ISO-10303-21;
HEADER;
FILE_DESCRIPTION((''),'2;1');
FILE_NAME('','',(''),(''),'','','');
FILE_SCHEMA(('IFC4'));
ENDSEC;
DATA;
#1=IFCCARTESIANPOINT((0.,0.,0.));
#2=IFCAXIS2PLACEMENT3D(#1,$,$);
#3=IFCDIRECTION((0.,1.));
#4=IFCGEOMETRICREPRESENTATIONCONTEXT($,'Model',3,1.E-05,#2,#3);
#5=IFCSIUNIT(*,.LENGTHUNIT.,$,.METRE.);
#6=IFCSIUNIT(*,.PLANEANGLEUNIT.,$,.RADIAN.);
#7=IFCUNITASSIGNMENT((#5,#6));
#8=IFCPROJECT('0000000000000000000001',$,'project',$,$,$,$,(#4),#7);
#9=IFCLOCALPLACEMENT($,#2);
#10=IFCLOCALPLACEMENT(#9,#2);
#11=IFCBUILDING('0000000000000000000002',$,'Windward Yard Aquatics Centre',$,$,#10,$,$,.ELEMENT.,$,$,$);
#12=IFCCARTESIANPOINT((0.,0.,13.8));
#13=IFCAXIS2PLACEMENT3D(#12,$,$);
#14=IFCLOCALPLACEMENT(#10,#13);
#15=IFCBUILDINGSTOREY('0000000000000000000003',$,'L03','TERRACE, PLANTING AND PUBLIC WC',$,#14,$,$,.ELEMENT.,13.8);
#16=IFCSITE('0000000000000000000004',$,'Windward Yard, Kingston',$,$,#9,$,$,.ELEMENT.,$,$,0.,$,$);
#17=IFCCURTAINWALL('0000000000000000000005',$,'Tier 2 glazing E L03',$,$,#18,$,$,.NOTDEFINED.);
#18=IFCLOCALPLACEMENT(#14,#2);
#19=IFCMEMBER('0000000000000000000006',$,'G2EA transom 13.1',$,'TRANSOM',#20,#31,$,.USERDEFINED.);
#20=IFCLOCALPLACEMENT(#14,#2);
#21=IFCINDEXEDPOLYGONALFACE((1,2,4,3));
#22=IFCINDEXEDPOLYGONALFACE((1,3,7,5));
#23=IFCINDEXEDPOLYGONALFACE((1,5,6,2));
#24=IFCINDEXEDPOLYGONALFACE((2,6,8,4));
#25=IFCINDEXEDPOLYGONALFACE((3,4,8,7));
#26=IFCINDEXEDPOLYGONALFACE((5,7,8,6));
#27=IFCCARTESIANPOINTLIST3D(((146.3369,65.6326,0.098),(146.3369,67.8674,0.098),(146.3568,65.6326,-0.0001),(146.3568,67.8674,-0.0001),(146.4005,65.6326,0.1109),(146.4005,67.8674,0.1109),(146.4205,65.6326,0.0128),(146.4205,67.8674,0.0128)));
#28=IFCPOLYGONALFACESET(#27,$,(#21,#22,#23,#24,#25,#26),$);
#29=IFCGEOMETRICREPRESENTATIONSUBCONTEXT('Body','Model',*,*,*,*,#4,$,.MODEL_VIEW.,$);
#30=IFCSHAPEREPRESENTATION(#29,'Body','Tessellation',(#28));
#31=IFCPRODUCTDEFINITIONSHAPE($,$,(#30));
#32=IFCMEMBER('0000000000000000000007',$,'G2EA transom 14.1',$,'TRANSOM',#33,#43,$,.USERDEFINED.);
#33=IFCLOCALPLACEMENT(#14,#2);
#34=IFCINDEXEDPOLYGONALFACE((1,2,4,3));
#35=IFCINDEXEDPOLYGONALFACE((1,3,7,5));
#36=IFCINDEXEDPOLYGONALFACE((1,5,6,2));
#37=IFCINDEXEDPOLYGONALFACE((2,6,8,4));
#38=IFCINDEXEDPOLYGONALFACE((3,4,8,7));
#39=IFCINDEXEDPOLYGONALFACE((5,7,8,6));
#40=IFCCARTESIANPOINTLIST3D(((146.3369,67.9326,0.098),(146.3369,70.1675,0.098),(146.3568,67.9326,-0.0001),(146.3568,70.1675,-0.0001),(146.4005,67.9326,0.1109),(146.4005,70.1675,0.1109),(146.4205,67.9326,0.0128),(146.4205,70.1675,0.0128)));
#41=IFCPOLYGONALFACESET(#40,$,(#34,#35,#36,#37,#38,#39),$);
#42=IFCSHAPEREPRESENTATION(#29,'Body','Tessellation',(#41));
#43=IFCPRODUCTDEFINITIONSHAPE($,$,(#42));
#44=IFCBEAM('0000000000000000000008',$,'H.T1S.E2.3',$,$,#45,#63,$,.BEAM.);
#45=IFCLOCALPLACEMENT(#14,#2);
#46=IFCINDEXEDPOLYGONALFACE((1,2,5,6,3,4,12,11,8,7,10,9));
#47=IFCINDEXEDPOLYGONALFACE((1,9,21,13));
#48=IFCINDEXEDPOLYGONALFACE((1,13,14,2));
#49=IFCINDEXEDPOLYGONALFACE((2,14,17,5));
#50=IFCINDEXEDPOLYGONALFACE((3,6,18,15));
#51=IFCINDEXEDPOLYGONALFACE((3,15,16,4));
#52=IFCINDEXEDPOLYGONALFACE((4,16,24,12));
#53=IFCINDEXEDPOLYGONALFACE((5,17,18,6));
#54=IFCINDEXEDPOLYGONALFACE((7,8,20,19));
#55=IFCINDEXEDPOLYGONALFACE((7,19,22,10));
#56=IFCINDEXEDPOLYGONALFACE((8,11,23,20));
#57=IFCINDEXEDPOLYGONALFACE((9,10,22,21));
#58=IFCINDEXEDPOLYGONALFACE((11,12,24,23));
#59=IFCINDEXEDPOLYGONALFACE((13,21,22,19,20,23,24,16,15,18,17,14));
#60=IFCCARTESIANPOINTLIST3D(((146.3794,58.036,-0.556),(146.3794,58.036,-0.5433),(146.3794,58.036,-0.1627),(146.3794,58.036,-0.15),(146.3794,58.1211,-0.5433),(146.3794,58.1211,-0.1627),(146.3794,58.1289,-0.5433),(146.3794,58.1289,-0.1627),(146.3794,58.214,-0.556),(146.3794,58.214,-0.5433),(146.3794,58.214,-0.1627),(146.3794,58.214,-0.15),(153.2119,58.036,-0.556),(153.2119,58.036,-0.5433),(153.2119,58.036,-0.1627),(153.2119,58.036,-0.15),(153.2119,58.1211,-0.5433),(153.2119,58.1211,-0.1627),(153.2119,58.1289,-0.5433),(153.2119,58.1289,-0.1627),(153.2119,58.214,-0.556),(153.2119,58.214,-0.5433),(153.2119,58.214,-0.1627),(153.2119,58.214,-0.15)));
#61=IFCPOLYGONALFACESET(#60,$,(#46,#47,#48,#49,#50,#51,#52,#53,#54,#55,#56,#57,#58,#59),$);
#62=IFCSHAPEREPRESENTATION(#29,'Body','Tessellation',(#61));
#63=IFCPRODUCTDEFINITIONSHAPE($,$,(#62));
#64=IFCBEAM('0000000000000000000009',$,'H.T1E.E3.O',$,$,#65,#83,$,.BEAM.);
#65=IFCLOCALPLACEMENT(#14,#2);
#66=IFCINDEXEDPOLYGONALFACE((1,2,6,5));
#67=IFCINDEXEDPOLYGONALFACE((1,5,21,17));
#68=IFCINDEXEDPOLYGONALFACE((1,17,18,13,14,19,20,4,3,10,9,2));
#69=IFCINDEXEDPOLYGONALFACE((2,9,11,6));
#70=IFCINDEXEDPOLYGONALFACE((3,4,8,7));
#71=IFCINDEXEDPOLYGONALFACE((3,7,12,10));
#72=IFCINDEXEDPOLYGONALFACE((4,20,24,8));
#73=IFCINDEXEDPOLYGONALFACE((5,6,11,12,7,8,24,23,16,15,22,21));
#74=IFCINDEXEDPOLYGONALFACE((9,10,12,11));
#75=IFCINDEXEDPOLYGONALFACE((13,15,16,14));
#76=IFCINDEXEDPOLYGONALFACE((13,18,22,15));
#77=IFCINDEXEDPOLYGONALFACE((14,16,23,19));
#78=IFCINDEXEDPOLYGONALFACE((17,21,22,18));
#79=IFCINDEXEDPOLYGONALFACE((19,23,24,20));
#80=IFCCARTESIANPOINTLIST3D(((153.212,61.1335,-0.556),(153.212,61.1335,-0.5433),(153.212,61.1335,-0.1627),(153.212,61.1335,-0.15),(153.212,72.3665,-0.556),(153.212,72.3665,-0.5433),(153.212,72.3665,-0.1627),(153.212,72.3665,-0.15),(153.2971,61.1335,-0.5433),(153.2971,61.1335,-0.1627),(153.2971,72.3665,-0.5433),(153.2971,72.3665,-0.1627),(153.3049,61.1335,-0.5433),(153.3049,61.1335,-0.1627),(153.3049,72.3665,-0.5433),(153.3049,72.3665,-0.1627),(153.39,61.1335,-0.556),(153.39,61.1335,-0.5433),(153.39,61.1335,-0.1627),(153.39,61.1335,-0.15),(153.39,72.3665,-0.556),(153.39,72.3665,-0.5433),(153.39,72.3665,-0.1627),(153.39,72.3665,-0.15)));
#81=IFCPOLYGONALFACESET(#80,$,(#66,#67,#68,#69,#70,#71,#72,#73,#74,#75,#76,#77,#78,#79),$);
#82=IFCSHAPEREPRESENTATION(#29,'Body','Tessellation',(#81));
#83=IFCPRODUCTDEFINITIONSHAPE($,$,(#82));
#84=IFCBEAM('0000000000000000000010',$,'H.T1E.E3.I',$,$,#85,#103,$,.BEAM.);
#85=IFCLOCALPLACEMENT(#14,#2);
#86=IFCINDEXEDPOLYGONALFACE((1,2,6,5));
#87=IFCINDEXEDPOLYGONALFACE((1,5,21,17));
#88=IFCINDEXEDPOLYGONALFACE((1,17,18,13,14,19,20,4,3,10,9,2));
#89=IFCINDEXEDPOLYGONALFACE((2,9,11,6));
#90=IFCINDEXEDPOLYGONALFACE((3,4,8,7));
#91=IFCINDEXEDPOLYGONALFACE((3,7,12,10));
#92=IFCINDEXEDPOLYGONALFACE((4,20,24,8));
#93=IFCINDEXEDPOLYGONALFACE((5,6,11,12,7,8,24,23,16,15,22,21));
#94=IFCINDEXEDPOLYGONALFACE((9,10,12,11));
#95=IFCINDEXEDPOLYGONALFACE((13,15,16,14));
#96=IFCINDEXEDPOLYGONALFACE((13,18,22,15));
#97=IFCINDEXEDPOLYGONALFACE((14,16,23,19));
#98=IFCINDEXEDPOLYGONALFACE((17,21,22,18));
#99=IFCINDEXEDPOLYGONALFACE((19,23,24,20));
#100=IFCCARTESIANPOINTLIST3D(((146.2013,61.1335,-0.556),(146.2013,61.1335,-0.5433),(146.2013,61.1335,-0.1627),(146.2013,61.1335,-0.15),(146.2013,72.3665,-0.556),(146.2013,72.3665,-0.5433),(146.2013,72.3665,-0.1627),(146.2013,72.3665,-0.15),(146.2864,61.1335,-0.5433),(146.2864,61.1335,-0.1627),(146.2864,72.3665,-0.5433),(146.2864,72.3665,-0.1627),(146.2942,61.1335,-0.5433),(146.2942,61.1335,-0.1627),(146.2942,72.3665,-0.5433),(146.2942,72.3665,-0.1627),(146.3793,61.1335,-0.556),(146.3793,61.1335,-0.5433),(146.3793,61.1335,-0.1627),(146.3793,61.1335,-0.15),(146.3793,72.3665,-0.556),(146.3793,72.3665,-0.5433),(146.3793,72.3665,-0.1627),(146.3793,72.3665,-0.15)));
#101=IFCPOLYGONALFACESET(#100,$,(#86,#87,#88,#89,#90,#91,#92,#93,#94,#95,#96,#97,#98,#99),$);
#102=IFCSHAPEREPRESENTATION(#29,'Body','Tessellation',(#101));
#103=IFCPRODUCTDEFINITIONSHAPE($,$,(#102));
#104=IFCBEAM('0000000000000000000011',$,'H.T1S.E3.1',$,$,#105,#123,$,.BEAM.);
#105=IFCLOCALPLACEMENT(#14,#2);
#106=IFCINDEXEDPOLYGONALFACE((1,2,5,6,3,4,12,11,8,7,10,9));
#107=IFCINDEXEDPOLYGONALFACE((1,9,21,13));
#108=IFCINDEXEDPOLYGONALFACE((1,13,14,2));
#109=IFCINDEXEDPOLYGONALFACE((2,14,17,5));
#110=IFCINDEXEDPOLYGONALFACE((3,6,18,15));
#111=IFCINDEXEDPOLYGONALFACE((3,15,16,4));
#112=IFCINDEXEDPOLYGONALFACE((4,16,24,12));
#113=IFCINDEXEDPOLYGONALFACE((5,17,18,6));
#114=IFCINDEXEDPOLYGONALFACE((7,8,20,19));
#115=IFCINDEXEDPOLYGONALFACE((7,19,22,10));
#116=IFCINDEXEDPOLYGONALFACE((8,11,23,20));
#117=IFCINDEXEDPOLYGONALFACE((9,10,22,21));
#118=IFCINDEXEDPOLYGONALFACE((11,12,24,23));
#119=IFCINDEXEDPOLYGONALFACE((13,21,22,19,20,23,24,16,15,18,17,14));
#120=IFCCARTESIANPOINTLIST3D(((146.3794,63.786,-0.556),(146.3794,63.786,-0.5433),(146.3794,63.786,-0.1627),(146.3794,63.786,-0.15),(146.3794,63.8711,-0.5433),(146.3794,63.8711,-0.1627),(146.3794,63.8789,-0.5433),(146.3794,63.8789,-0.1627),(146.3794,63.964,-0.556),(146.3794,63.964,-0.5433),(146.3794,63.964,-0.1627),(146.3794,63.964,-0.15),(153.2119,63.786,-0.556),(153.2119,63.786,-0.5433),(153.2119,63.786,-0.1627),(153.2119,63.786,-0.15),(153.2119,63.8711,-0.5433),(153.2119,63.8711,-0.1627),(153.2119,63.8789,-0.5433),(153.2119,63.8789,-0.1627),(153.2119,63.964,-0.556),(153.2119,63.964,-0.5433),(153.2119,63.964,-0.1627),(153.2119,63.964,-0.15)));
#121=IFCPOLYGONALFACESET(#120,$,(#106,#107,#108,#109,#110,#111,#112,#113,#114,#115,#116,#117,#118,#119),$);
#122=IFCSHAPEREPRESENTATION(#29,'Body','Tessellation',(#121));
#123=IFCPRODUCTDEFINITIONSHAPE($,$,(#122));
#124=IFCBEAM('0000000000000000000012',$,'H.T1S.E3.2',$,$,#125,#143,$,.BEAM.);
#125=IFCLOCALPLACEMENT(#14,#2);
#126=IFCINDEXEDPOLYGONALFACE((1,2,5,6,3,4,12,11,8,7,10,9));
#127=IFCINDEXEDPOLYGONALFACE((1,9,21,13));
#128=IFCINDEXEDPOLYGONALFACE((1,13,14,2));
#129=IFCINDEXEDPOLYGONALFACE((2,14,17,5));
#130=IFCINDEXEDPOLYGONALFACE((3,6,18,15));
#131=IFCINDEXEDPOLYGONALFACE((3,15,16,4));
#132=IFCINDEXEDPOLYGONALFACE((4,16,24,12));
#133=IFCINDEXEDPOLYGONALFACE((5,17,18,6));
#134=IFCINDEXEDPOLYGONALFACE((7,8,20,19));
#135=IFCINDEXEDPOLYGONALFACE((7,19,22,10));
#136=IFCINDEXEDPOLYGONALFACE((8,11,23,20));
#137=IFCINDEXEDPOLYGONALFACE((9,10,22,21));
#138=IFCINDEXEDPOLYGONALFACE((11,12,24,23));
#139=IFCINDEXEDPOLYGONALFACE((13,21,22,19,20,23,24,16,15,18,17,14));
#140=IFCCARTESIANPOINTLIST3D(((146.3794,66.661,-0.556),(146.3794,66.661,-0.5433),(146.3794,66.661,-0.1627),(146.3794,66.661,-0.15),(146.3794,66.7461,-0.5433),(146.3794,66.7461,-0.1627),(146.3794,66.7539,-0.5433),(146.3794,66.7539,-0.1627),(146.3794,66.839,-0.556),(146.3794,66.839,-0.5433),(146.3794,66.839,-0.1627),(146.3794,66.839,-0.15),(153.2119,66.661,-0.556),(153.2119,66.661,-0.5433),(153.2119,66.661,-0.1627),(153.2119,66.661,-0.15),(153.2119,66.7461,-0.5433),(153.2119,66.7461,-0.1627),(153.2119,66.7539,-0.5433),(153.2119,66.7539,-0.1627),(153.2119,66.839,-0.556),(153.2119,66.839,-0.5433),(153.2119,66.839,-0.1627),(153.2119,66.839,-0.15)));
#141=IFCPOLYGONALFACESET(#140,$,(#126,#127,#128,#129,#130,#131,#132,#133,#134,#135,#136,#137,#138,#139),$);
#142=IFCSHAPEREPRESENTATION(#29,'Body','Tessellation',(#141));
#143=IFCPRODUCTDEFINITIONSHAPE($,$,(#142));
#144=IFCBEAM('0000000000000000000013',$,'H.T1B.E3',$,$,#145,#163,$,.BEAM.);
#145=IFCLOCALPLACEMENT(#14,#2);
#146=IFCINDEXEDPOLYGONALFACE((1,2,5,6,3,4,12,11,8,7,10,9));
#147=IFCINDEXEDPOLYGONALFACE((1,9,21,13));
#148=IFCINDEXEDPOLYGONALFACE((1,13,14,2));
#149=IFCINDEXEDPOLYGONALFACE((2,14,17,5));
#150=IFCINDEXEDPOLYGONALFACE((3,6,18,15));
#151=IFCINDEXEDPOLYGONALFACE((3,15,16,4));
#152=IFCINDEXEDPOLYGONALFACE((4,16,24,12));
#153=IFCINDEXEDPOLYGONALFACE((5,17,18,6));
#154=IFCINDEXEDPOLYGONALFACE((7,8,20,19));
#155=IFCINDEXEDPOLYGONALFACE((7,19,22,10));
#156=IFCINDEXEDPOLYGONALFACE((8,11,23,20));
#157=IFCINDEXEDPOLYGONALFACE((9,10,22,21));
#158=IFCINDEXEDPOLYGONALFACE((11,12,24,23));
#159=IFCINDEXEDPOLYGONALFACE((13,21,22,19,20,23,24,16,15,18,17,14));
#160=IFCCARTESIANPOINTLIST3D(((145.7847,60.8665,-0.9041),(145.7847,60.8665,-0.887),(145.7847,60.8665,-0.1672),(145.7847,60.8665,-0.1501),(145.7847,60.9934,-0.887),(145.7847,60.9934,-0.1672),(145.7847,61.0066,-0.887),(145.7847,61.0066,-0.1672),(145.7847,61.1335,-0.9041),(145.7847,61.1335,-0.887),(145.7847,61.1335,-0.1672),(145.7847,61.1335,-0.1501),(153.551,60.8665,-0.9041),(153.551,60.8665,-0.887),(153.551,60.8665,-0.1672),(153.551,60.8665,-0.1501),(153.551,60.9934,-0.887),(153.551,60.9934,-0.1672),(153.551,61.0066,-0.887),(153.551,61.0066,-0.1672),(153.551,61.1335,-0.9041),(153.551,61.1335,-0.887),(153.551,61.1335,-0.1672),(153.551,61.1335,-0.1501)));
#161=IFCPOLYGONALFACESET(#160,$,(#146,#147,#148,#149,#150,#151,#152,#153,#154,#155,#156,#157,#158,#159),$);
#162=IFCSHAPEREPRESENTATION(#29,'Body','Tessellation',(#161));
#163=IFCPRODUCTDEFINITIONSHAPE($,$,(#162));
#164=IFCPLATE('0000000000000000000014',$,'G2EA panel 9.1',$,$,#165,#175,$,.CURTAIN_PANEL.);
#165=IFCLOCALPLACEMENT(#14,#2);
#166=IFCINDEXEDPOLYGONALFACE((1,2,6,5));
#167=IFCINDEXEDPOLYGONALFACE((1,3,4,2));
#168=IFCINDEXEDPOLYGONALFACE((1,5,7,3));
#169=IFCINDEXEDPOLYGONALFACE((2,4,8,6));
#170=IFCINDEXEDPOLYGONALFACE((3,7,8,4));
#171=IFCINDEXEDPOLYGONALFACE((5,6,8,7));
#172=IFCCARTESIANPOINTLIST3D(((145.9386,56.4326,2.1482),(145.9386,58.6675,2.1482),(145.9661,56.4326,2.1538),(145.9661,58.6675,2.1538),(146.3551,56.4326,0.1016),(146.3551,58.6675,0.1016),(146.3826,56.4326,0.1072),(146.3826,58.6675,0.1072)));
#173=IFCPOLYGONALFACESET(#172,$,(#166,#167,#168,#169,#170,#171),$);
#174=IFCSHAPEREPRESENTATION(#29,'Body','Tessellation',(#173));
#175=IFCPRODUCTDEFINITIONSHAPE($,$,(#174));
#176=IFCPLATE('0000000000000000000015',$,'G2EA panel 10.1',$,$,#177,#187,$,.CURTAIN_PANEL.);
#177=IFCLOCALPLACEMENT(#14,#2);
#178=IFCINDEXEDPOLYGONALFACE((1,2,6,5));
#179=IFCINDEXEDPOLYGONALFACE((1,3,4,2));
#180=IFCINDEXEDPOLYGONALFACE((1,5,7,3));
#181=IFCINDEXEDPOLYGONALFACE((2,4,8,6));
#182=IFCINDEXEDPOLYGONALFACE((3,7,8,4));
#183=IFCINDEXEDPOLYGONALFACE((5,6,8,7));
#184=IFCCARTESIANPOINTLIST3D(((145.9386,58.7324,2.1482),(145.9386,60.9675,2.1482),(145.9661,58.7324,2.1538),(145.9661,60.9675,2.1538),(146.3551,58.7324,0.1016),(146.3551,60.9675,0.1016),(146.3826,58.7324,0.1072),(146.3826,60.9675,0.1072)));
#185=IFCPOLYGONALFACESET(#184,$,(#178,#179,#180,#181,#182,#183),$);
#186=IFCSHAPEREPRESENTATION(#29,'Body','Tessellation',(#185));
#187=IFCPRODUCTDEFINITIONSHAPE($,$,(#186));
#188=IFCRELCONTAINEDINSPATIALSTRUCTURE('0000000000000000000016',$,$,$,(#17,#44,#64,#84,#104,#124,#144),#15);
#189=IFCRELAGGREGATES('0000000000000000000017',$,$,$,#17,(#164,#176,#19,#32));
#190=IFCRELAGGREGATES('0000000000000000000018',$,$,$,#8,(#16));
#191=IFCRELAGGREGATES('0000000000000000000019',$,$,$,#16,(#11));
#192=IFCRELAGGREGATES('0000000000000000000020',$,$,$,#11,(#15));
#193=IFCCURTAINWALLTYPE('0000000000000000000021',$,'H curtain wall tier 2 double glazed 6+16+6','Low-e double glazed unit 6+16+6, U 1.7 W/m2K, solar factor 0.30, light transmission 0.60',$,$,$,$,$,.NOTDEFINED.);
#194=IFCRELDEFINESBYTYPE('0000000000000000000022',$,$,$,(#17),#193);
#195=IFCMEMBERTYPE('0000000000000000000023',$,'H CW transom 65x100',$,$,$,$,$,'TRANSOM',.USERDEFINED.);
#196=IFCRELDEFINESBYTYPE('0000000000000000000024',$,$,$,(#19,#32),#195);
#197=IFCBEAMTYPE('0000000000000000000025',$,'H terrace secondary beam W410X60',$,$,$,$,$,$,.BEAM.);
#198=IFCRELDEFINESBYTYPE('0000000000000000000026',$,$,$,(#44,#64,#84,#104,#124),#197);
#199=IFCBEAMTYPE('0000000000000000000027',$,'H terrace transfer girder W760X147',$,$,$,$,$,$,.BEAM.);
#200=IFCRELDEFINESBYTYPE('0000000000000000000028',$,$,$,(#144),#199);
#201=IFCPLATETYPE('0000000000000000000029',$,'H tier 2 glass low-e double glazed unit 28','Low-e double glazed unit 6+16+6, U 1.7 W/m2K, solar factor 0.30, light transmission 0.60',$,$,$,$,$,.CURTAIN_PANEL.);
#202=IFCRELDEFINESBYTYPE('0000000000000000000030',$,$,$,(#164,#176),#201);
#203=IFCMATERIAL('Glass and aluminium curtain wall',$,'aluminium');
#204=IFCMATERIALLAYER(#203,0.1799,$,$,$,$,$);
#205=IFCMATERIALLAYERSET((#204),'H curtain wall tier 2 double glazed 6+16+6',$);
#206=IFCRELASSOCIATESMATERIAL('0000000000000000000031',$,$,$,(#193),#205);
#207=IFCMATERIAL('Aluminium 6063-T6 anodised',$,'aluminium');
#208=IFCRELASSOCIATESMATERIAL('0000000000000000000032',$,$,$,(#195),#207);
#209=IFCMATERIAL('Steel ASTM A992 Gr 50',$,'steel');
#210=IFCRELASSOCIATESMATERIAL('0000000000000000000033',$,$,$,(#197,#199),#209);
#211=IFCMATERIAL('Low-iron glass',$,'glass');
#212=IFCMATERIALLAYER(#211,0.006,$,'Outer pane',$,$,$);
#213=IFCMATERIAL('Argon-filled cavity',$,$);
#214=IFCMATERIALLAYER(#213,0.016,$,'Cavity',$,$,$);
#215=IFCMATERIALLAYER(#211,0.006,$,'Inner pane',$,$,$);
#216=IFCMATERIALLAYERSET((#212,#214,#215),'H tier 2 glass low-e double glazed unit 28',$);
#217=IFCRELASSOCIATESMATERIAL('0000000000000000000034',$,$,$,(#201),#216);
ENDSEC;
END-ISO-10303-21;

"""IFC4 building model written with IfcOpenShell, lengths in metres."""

from ifc_helpers import new_model, si_unit, direction, frame, origin, origin_2d, place, context, subcontext, project, spatial, polyline, rectangle, i_section, outline, extrude, material, layer, layer_set, material_profile, profile_set, type_object, element, aggregate, save


model = new_model("IFC4")

# Units and contexts
model_context = context("Model", 3, precision=1e-05, world=origin(), true_north=direction((0.0, 1.0)))
body_context = subcontext(model_context, "Body", "Model", "MODEL_VIEW")
ifc_project = project(units=[si_unit("LENGTHUNIT", "METRE"), si_unit("PLANEANGLEUNIT", "RADIAN")], contexts=[model_context])

# Site, building, storey
site_placement = place(None, origin())
site = spatial("IfcSite", under=ifc_project, at=site_placement, Name="Windward Yard, Kingston", CompositionType="ELEMENT", RefElevation=0.0)
building_placement = place(site_placement, origin())
building = spatial("IfcBuilding", under=site, at=building_placement, Name="Windward Yard Aquatics Centre", CompositionType="ELEMENT")
storey_placement = place(building_placement, frame((0.0, 0.0, 13.8)))
storey = spatial("IfcBuildingStorey", under=building, at=storey_placement, Name="L03", Description="TERRACE, PLANTING AND PUBLIC WC", CompositionType="ELEMENT", Elevation=13.8)

# Curtain wall, members
ifc_material_1 = material(Name="Glass and aluminium curtain wall", Category="aluminium")
ifc_layer_1 = layer(ifc_material_1, 0.1799)
ifc_layer_set_1 = layer_set([ifc_layer_1], Name="H curtain wall tier 2 double glazed 6+16+6")
curtain_wall_type = type_object("IfcCurtainWallType", Name="H curtain wall tier 2 double glazed 6+16+6", Description="Low-e double glazed unit 6+16+6, U 1.7 W/m2K, solar factor 0.30, light transmission 0.60", PredefinedType="NOTDEFINED", material=ifc_layer_set_1)
curtain_wall_placement = place(storey_placement, origin())
curtain_wall = element("IfcCurtainWall", 1, at=curtain_wall_placement, inside=storey, type_object=curtain_wall_type, Name="Tier 2 glazing E L03", PredefinedType="NOTDEFINED")
ifc_material_2 = material(Name="Aluminium 6063-T6 anodised", Category="aluminium")
ifc_material_profile_1 = material_profile(ifc_material_2, rectangle(XDim=0.0649, YDim=0.1001, at=origin_2d()), Name="H CW transom 65x100")
ifc_profile_set_1 = profile_set([ifc_material_profile_1], Name="Aluminium 6063-T6 anodised")
member_type_1 = type_object("IfcMemberType", Name="H CW transom 65x100", ElementType="TRANSOM", PredefinedType="USERDEFINED", material=ifc_profile_set_1)
member_1_placement = place(storey_placement, frame((146.3787, 65.6326, 0.0554), z_axis=(0.0, 1.0, 0.0), x_axis=(0.979925, 0.0, 0.199368)))
member_1 = element("IfcMember", 2, at=member_1_placement, type_object=member_type_1, Name="G2EA transom 13.1", ObjectType="TRANSOM", PredefinedType="USERDEFINED", context=body_context, shape_type="SweptSolid", body=[
    extrude(rectangle(XDim=0.0649, YDim=0.1001, at=origin_2d()), origin(), (0.0, 0.0, 1.0), 2.2349),
])
member_2_placement = place(storey_placement, frame((146.3787, 67.9326, 0.0554), z_axis=(0.0, 1.0, 0.0), x_axis=(0.979925, 0.0, 0.199368)))
member_2 = element("IfcMember", 3, at=member_2_placement, type_object=member_type_1, Name="G2EA transom 14.1", ObjectType="TRANSOM", PredefinedType="USERDEFINED", context=body_context, shape_type="SweptSolid", body=[
    extrude(rectangle(XDim=0.0649, YDim=0.1001, at=origin_2d()), origin(), (0.0, 0.0, 1.0), 2.2349),
])

# Beams
ifc_material_3 = material(Name="Steel ASTM A992 Gr 50", Category="steel")
ifc_material_profile_2 = material_profile(ifc_material_3, i_section(OverallWidth=0.178, OverallDepth=0.406, WebThickness=0.0078, FlangeThickness=0.0127, at=origin_2d()), Name="W410X60")
ifc_profile_set_2 = profile_set([ifc_material_profile_2], Name="Steel ASTM A992 Gr 50")
beam_type_1 = type_object("IfcBeamType", Name="H terrace secondary beam W410X60", PredefinedType="BEAM", material=ifc_profile_set_2)
beam_1_placement = place(storey_placement, frame((153.2119, 58.125, -0.353), z_axis=(-1.0, 0.0, 0.0), x_axis=(0.0, -1.0, 0.0)))
element("IfcBeam", 4, at=beam_1_placement, inside=storey, type_object=beam_type_1, Name="H.T1S.E2.3", PredefinedType="BEAM", context=body_context, shape_type="SweptSolid", body=[
    extrude(i_section(OverallWidth=0.178, OverallDepth=0.406, WebThickness=0.0078, FlangeThickness=0.0127, at=origin_2d()), origin(), (0.0, 0.0, 1.0), 6.8325),
])
for number, where, z_axis, x_axis, name in (
    (5, (153.301, 61.1335, -0.353), (0.0, 1.0, 0.0), (-1.0, 0.0, 0.0), "H.T1E.E3.O"),
    (6, (146.2903, 61.1335, -0.353), (0.0, 1.0, 0.0), (-1.0, 0.0, 0.0), "H.T1E.E3.I"),
):
    element("IfcBeam", number, at=place(storey_placement, frame(where, z_axis=z_axis, x_axis=x_axis)), inside=storey, type_object=beam_type_1, Name=name, PredefinedType="BEAM", context=body_context, shape_type="SweptSolid", body=[
        extrude(i_section(OverallWidth=0.178, OverallDepth=0.406, WebThickness=0.0078, FlangeThickness=0.0127, at=origin_2d()), origin(), (0.0, 0.0, 1.0), 11.2329),
    ])
for number, where, z_axis, x_axis, name in (
    (7, (153.2119, 63.875, -0.353), (-1.0, 0.0, 0.0), (0.0, -1.0, 0.0), "H.T1S.E3.1"),
    (8, (153.2119, 66.75, -0.353), (-1.0, 0.0, 0.0), (0.0, -1.0, 0.0), "H.T1S.E3.2"),
):
    element("IfcBeam", number, at=place(storey_placement, frame(where, z_axis=z_axis, x_axis=x_axis)), inside=storey, type_object=beam_type_1, Name=name, PredefinedType="BEAM", context=body_context, shape_type="SweptSolid", body=[
        extrude(i_section(OverallWidth=0.178, OverallDepth=0.406, WebThickness=0.0078, FlangeThickness=0.0127, at=origin_2d()), origin(), (0.0, 0.0, 1.0), 6.8325),
    ])
ifc_material_profile_3 = material_profile(ifc_material_3, i_section(OverallWidth=0.2671, OverallDepth=0.7539, WebThickness=0.0132, FlangeThickness=0.0171, at=origin_2d()), Name="W760X147")
ifc_profile_set_3 = profile_set([ifc_material_profile_3], Name="Steel ASTM A992 Gr 50")
beam_type_2 = type_object("IfcBeamType", Name="H terrace transfer girder W760X147", PredefinedType="BEAM", material=ifc_profile_set_3)
beam_2_placement = place(storey_placement, frame((153.551, 61.0, -0.5271), z_axis=(-1.0, 0.0, 0.0), x_axis=(0.0, -1.0, 0.0)))
element("IfcBeam", 9, at=beam_2_placement, inside=storey, type_object=beam_type_2, Name="H.T1B.E3", PredefinedType="BEAM", context=body_context, shape_type="SweptSolid", body=[
    extrude(i_section(OverallWidth=0.2671, OverallDepth=0.7539, WebThickness=0.0132, FlangeThickness=0.0171, at=origin_2d()), origin(), (0.0, 0.0, 1.0), 7.7664),
])

# Plates
ifc_material_4 = material(Name="Low-iron glass", Category="glass")
ifc_layer_2 = layer(ifc_material_4, 0.006, Name="Outer pane")
ifc_material_5 = material(Name="Argon-filled cavity")
ifc_layer_3 = layer(ifc_material_5, 0.016, Name="Cavity")
ifc_layer_4 = layer(ifc_material_4, 0.006, Name="Inner pane")
ifc_layer_set_2 = layer_set([ifc_layer_2, ifc_layer_3, ifc_layer_4], Name="H tier 2 glass low-e double glazed unit 28")
plate_type = type_object("IfcPlateType", Name="H tier 2 glass low-e double glazed unit 28", Description="Low-e double glazed unit 6+16+6, U 1.7 W/m2K, solar factor 0.30, light transmission 0.60", PredefinedType="CURTAIN_PANEL", material=ifc_layer_set_2)
plate_1_placement = place(storey_placement, frame((145.9661, 56.4326, 2.1538), z_axis=(0.979914, 0.0, 0.199419), x_axis=(0.199419, 0.0, -0.979914)))
plate_1 = element("IfcPlate", 10, at=plate_1_placement, type_object=plate_type, Name="G2EA panel 9.1", PredefinedType="CURTAIN_PANEL", context=body_context, shape_type="SweptSolid", body=[
    extrude(outline(polyline([(0.0, 0.0), (2.0886, 0.0), (2.0886, 2.2349), (0.0, 2.2349), (0.0, 0.0)])), origin(), (0.0, 0.0, -1.0), 0.0281),
])
plate_2_placement = place(storey_placement, frame((145.9661, 58.7324, 2.1538), z_axis=(0.979914, 0.0, 0.199419), x_axis=(0.199419, 0.0, -0.979914)))
plate_2 = element("IfcPlate", 11, at=plate_2_placement, type_object=plate_type, Name="G2EA panel 10.1", PredefinedType="CURTAIN_PANEL", context=body_context, shape_type="SweptSolid", body=[
    extrude(outline(polyline([(0.0, 0.0), (2.0886, 0.0), (2.0886, 2.2351), (0.0, 2.2351), (0.0, 0.0)])), origin(), (0.0, 0.0, -1.0), 0.0281),
])
aggregate(curtain_wall, [plate_1, plate_2, member_1, member_2])

save(model, "model.ifc")
